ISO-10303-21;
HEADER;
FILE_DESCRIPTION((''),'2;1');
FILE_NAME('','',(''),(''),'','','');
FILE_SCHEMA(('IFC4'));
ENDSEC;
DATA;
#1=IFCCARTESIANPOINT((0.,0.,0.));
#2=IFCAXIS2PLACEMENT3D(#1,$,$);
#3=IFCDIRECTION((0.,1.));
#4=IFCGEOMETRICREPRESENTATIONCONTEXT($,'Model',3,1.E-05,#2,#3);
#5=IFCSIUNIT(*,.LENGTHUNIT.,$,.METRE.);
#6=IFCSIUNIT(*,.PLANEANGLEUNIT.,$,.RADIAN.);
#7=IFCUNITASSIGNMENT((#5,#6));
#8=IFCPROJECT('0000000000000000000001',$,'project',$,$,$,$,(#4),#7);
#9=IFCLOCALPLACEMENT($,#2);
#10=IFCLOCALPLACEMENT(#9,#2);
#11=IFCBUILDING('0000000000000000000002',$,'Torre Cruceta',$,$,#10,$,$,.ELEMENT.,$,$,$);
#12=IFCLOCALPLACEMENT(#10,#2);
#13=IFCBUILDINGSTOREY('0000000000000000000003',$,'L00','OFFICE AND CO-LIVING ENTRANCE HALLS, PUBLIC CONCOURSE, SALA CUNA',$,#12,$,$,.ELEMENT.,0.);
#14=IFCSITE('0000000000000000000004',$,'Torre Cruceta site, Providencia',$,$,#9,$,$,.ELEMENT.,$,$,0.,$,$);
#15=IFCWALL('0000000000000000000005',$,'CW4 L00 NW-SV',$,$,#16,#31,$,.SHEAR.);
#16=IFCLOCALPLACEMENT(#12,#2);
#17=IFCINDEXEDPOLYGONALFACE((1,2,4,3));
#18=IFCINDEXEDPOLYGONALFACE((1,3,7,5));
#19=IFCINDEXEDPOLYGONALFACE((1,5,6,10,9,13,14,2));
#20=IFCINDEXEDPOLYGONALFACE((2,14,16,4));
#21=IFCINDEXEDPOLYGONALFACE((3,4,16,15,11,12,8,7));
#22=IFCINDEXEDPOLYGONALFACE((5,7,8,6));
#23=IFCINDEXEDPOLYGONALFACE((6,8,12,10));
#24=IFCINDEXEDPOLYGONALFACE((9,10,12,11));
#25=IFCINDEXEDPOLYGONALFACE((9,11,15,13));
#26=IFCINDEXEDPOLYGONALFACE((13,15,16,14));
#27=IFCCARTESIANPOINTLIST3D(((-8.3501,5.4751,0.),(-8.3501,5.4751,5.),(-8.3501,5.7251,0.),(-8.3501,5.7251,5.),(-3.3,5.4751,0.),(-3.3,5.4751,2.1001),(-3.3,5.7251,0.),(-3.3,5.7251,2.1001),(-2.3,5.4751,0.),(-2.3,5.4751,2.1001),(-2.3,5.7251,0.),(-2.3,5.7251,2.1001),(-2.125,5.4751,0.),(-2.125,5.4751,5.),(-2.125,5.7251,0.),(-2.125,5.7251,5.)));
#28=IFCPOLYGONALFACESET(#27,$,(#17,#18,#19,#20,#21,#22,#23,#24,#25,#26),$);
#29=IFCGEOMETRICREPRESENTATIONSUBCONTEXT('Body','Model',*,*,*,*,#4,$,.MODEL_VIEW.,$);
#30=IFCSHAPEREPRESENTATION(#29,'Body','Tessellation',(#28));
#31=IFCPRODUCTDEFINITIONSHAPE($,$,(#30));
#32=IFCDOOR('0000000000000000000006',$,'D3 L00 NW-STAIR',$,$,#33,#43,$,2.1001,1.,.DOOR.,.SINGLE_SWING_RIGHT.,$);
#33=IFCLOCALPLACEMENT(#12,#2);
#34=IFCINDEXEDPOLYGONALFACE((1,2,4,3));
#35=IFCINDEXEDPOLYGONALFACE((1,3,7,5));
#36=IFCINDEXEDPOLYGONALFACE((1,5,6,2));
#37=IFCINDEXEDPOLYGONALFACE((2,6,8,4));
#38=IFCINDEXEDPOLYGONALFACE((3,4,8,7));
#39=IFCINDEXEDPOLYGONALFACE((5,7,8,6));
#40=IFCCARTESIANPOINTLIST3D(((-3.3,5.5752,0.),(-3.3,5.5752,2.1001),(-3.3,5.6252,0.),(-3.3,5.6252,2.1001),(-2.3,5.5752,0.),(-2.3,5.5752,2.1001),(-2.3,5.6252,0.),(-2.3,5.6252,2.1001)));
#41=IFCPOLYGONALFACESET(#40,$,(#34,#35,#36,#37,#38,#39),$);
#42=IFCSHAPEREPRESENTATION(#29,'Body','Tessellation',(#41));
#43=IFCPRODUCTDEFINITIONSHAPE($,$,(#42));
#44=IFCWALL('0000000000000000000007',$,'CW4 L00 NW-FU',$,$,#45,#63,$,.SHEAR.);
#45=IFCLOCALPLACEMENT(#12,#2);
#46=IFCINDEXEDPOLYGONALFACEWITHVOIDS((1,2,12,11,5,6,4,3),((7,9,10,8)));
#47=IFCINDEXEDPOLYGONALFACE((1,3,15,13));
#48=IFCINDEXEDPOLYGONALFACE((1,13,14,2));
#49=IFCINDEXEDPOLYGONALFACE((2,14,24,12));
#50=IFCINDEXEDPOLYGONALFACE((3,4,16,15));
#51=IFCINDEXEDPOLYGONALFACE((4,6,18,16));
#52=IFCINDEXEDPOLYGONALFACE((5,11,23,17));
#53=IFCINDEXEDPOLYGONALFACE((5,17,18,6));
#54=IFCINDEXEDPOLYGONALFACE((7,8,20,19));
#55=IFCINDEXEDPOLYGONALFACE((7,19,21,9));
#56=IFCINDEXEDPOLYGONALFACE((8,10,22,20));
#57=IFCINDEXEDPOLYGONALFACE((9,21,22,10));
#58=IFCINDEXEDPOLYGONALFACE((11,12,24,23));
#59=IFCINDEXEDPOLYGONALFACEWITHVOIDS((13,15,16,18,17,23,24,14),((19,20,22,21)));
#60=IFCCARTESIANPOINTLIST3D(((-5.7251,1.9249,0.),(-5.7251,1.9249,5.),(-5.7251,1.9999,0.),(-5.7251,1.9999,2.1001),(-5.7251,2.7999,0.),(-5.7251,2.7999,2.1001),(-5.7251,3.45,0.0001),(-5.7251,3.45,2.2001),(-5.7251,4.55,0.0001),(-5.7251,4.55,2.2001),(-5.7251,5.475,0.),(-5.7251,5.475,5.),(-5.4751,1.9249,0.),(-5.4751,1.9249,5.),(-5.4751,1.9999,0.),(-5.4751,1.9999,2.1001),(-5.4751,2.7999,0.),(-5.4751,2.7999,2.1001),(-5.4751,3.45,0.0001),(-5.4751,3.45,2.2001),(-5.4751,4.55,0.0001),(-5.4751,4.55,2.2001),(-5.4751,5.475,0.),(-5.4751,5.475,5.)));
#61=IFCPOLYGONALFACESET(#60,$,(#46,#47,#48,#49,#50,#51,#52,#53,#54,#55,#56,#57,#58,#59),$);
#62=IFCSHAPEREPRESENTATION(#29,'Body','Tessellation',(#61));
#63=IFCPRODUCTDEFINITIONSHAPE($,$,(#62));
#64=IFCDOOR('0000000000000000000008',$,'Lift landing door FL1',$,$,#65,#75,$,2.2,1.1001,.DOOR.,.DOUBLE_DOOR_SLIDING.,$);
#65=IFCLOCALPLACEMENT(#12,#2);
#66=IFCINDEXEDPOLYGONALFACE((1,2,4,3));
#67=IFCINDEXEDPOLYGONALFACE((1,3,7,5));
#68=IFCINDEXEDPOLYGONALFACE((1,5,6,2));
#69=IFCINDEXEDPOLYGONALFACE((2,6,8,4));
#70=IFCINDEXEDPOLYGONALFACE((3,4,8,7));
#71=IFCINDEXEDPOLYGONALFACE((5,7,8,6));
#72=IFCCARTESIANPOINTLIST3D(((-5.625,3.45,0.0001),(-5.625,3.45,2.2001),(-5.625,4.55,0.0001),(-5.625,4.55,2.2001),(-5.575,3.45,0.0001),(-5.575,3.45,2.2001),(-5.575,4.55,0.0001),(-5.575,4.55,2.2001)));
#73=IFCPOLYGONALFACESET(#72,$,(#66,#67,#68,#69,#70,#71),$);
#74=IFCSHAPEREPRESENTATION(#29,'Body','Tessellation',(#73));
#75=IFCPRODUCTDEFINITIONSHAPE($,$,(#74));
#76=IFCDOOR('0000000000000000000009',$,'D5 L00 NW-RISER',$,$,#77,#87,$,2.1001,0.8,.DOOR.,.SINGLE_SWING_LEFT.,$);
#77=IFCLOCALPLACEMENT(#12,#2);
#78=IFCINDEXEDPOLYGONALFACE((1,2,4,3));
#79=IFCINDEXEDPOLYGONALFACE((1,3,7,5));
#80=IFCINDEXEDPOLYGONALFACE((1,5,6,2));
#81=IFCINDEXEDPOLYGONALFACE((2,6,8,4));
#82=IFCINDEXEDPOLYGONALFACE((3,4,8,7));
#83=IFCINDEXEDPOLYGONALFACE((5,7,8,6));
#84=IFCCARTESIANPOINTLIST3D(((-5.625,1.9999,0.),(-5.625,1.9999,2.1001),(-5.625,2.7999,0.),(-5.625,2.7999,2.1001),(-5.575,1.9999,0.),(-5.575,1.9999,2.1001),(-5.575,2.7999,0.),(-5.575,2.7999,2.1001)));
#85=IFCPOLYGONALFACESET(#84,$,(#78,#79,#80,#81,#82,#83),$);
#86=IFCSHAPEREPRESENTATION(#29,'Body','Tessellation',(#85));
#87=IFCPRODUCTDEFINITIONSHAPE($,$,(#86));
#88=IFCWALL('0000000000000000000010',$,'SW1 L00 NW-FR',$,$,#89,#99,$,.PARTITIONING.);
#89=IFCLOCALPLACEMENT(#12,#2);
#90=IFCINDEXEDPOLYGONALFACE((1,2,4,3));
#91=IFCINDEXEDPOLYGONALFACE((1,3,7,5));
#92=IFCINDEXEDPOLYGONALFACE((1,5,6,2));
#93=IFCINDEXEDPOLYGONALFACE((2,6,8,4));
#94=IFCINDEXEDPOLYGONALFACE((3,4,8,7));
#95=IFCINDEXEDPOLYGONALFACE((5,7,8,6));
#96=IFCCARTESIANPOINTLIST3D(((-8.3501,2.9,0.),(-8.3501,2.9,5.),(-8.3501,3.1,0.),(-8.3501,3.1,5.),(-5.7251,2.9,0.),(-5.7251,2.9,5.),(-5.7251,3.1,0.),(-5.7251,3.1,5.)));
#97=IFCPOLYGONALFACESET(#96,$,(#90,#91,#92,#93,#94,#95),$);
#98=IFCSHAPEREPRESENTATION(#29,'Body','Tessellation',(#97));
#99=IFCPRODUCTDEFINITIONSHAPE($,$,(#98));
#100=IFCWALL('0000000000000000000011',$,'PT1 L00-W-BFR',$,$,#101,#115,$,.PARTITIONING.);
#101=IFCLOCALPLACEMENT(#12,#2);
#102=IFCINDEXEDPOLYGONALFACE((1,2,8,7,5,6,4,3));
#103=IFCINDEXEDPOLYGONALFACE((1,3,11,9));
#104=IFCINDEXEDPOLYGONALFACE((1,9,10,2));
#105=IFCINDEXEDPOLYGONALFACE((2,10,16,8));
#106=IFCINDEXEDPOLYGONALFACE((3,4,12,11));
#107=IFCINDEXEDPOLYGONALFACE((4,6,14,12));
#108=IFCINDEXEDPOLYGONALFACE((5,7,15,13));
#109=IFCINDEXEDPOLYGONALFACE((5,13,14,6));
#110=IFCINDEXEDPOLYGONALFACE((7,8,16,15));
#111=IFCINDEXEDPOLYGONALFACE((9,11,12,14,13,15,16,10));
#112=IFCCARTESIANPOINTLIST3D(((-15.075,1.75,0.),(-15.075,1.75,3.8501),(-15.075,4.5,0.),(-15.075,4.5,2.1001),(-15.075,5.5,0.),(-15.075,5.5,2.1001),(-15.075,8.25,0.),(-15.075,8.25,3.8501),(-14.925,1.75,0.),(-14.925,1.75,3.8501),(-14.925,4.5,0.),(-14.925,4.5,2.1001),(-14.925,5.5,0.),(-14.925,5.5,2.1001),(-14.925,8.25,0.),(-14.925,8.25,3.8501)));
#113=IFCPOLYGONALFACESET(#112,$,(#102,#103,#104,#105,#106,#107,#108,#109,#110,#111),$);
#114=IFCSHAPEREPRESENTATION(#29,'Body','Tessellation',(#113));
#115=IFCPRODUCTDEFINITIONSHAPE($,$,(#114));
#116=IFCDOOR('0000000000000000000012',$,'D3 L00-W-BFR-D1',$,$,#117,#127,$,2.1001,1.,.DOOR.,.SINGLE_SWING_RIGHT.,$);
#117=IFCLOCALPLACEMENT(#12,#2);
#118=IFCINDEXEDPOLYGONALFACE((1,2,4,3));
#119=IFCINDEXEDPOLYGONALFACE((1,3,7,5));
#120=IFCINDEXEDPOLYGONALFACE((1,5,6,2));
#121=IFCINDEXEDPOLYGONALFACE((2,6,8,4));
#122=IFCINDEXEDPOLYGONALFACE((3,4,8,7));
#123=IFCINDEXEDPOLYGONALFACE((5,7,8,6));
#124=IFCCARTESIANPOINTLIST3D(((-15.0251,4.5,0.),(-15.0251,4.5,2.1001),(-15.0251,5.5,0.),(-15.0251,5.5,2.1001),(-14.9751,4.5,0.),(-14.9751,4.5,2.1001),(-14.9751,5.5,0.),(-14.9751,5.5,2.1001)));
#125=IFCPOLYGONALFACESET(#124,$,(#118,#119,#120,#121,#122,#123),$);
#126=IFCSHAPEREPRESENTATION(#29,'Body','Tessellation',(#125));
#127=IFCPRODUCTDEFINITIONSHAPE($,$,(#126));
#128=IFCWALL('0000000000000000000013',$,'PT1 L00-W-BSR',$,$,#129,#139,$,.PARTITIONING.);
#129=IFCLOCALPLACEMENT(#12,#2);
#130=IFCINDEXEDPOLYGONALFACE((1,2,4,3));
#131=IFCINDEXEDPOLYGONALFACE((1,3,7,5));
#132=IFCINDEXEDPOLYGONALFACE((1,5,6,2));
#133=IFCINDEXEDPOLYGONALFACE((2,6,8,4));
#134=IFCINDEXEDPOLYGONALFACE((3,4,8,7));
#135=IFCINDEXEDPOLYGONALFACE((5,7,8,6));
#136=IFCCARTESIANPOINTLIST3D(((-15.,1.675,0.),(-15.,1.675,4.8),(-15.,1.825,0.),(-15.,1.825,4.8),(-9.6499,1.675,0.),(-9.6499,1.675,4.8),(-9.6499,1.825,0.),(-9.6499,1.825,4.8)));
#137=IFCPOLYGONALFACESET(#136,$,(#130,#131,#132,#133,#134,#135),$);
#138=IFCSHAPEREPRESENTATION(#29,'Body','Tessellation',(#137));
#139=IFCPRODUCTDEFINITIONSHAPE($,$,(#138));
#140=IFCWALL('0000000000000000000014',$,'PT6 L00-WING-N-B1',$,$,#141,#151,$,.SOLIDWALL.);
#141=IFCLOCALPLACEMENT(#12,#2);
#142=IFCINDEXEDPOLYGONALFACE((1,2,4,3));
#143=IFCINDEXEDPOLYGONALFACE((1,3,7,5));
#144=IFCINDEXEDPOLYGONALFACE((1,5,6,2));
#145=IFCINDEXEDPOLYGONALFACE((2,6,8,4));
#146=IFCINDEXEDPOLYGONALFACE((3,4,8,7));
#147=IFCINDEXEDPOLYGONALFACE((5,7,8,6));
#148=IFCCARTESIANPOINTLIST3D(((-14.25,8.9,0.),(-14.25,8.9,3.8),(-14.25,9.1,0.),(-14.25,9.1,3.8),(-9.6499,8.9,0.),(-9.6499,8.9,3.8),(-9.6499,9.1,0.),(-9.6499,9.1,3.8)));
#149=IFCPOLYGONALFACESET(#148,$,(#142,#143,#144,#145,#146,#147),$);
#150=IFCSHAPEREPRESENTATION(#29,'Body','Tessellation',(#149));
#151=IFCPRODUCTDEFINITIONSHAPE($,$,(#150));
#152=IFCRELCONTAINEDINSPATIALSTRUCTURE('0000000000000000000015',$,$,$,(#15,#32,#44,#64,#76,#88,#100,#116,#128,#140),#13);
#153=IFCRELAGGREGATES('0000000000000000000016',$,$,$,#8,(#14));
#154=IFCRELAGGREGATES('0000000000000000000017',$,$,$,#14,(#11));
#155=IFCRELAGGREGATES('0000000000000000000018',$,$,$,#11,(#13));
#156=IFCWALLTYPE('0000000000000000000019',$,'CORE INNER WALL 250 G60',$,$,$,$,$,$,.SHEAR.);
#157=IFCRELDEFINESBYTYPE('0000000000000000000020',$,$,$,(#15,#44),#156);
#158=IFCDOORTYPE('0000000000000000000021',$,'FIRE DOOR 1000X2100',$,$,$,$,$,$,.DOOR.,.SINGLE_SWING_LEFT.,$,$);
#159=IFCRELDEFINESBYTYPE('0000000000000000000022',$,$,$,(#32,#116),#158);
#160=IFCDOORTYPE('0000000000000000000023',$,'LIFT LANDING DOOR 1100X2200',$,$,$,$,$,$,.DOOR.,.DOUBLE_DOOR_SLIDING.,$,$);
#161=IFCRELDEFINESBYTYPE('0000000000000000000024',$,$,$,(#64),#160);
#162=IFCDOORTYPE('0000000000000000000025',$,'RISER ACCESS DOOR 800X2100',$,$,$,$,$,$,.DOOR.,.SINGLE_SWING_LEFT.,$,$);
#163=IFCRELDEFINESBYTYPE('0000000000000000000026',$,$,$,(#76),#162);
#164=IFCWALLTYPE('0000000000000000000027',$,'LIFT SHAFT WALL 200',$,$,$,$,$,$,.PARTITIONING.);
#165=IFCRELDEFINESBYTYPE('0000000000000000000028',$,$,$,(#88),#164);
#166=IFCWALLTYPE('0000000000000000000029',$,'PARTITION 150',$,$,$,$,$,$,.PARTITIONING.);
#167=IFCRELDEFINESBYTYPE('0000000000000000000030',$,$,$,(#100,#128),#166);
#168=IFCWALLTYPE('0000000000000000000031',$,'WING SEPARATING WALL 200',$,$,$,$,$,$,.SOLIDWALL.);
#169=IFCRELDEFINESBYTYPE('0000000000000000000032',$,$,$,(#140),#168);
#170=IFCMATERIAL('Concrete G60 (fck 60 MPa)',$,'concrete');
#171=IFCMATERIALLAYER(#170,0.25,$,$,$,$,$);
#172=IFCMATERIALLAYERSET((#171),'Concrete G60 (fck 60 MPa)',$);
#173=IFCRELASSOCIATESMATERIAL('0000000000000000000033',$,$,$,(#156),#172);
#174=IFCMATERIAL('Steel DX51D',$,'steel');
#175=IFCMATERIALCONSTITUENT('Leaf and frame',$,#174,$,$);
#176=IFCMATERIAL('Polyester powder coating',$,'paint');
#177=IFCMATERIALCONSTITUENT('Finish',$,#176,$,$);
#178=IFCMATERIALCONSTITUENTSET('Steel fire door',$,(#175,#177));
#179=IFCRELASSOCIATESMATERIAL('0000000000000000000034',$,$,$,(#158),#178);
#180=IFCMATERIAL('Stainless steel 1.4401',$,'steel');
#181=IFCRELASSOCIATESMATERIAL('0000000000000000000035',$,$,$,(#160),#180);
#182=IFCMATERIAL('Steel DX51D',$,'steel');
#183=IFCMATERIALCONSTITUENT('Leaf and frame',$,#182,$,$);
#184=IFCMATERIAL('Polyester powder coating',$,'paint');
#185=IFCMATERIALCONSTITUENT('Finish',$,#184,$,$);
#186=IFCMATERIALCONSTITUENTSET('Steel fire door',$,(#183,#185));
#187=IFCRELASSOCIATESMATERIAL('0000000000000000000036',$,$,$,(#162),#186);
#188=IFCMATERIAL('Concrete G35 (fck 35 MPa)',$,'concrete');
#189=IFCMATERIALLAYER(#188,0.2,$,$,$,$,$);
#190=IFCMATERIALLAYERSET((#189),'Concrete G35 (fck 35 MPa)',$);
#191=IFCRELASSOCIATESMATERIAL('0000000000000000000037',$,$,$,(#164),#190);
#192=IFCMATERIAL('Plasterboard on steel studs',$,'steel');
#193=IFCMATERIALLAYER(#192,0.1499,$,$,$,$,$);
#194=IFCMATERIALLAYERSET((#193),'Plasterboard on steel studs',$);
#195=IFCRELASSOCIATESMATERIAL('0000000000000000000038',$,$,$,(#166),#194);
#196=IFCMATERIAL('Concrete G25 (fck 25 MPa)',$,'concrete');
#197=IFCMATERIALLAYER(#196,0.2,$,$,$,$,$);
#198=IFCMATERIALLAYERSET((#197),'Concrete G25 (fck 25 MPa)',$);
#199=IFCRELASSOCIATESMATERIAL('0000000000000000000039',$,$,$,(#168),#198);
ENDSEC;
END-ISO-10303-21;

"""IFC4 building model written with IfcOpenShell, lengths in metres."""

from ifc_helpers import new_model, si_unit, direction, frame, frame_2d, origin, place, context, subcontext, project, spatial, rectangle, extrude, material, layer, layer_set, constituent, constituent_set, type_object, element, fill, save


model = new_model("IFC4")

# Units and contexts
model_context = context("Model", 3, precision=1e-05, world=origin(), true_north=direction((0.0, 1.0)))
body_context = subcontext(model_context, "Body", "Model", "MODEL_VIEW")
ifc_project = project(units=[si_unit("LENGTHUNIT", "METRE"), si_unit("PLANEANGLEUNIT", "RADIAN")], contexts=[model_context])

# Site, building, storey
site_placement = place(None, origin())
site = spatial("IfcSite", under=ifc_project, at=site_placement, Name="Torre Cruceta site, Providencia", CompositionType="ELEMENT", RefElevation=0.0)
building_placement = place(site_placement, origin())
building = spatial("IfcBuilding", under=site, at=building_placement, Name="Torre Cruceta", CompositionType="ELEMENT")
storey_placement = place(building_placement, origin())
storey = spatial("IfcBuildingStorey", under=building, at=storey_placement, Name="L00", Description="OFFICE AND CO-LIVING ENTRANCE HALLS, PUBLIC CONCOURSE, SALA CUNA", CompositionType="ELEMENT", Elevation=0.0)

# Shared definitions
ifc_material_1 = material(Name="Concrete G60 (fck 60 MPa)", Category="concrete")
ifc_layer_1 = layer(ifc_material_1, 0.25)
ifc_layer_set_1 = layer_set([ifc_layer_1], Name="Concrete G60 (fck 60 MPa)")
wall_type_1 = type_object("IfcWallType", Name="CORE INNER WALL 250 G60", PredefinedType="SHEAR", material=ifc_layer_set_1)
ifc_material_2 = material(Name="Steel DX51D", Category="steel")
ifc_constituent_1 = constituent(ifc_material_2, Name="Leaf and frame")
ifc_material_3 = material(Name="Polyester powder coating", Category="paint")
ifc_constituent_2 = constituent(ifc_material_3, Name="Finish")
ifc_constituent_set_1 = constituent_set(constituents=[ifc_constituent_1, ifc_constituent_2], Name="Steel fire door")
door_type_1 = type_object("IfcDoorType", Name="FIRE DOOR 1000X2100", OperationType="SINGLE_SWING_LEFT", PredefinedType="DOOR", material=ifc_constituent_set_1)

# Wall, opening, door
wall_1_placement = place(storey_placement, frame((-2.125, 5.6001, 0.0), z_axis=(0.0, 0.0, 1.0), x_axis=(-1.0, 0.0, 0.0)))
wall_1 = element("IfcWall", 1, at=wall_1_placement, inside=storey, type_object=wall_type_1, Name="CW4 L00 NW-SV", PredefinedType="SHEAR", context=body_context, shape_type="SweptSolid", body=[
    extrude(rectangle(XDim=6.2251, YDim=0.25, at=frame_2d((3.1125, 0.0))), origin(), (0.0, 0.0, 1.0), 5.0),
])
opening_1_placement = place(wall_1_placement, frame((0.175, 0.0, 0.0)))
opening_1 = element("IfcOpeningElement", 2, at=opening_1_placement, cuts=wall_1, PredefinedType="OPENING", context=body_context, shape_type="SweptSolid", body=[
    extrude(rectangle(XDim=1.0, YDim=2.1001, at=frame_2d((0.5, 1.05))), frame((0.0, 0.135, 0.0), z_axis=(0.0, -1.0, 0.0), x_axis=(1.0, 0.0, 0.0)), (0.0, 0.0, 1.0), 0.27),
])
door_1_placement = place(opening_1_placement, frame((1.0, 0.0, 0.0), z_axis=(0.0, 0.0, 1.0), x_axis=(-1.0, 0.0, 0.0)))
door_1 = element("IfcDoor", 3, at=door_1_placement, inside=storey, type_object=door_type_1, Name="D3 L00 NW-STAIR", OperationType="SINGLE_SWING_RIGHT", OverallHeight=2.1001, OverallWidth=1.0, PredefinedType="DOOR", context=body_context, shape_type="SweptSolid", body=[
    extrude(rectangle(XDim=1.0, YDim=2.1001, at=frame_2d((0.5, 1.05))), frame((0.0, 0.0251, 0.0), z_axis=(0.0, -1.0, 0.0), x_axis=(1.0, 0.0, 0.0)), (0.0, 0.0, 1.0), 0.05),
])
fill(opening_1, door_1)

# Wall, openings, doors
wall_2_placement = place(storey_placement, frame((-5.6001, 1.925, 0.0), z_axis=(0.0, 0.0, 1.0), x_axis=(0.0, 1.0, 0.0)))
wall_2 = element("IfcWall", 4, at=wall_2_placement, inside=storey, type_object=wall_type_1, Name="CW4 L00 NW-FU", PredefinedType="SHEAR", context=body_context, shape_type="SweptSolid", body=[
    extrude(rectangle(XDim=3.55, YDim=0.25, at=frame_2d((1.7749, 0.0))), origin(), (0.0, 0.0, 1.0), 5.0),
])
opening_2_placement = place(wall_2_placement, frame((1.5249, 0.0, 0.0)))
opening_2 = element("IfcOpeningElement", 5, at=opening_2_placement, cuts=wall_2, PredefinedType="OPENING", context=body_context, shape_type="SweptSolid", body=[
    extrude(rectangle(XDim=1.1001, YDim=2.2, at=frame_2d((0.55, 1.1001))), frame((0.0, 0.135, 0.0), z_axis=(0.0, -1.0, 0.0), x_axis=(1.0, 0.0, 0.0)), (0.0, 0.0, 1.0), 0.27),
])
opening_3_placement = place(wall_2_placement, frame((0.075, 0.0, 0.0)))
opening_3 = element("IfcOpeningElement", 6, at=opening_3_placement, cuts=wall_2, PredefinedType="OPENING", context=body_context, shape_type="SweptSolid", body=[
    extrude(rectangle(XDim=0.8, YDim=2.1001, at=frame_2d((0.3999, 1.05))), frame((0.0, 0.135, 0.0), z_axis=(0.0, -1.0, 0.0), x_axis=(1.0, 0.0, 0.0)), (0.0, 0.0, 1.0), 0.27),
])
ifc_material_4 = material(Name="Stainless steel 1.4401", Category="steel")
door_type_2 = type_object("IfcDoorType", Name="LIFT LANDING DOOR 1100X2200", OperationType="DOUBLE_DOOR_SLIDING", PredefinedType="DOOR", material=ifc_material_4)
door_2_placement = place(opening_2_placement, origin())
door_2 = element("IfcDoor", 7, at=door_2_placement, inside=storey, type_object=door_type_2, Name="Lift landing door FL1", OperationType="DOUBLE_DOOR_SLIDING", OverallHeight=2.2, OverallWidth=1.1001, PredefinedType="DOOR", context=body_context, shape_type="SweptSolid", body=[
    extrude(rectangle(XDim=1.1001, YDim=2.2, at=frame_2d((0.55, 1.1001))), frame((0.0, 0.0249, 0.0), z_axis=(0.0, -1.0, 0.0), x_axis=(1.0, 0.0, 0.0)), (0.0, 0.0, 1.0), 0.05),
])
fill(opening_2, door_2)
ifc_material_5 = material(Name="Steel DX51D", Category="steel")
ifc_constituent_3 = constituent(ifc_material_5, Name="Leaf and frame")
ifc_material_6 = material(Name="Polyester powder coating", Category="paint")
ifc_constituent_4 = constituent(ifc_material_6, Name="Finish")
ifc_constituent_set_2 = constituent_set(constituents=[ifc_constituent_3, ifc_constituent_4], Name="Steel fire door")
door_type_3 = type_object("IfcDoorType", Name="RISER ACCESS DOOR 800X2100", OperationType="SINGLE_SWING_LEFT", PredefinedType="DOOR", material=ifc_constituent_set_2)
door_3_placement = place(opening_3_placement, origin())
door_3 = element("IfcDoor", 8, at=door_3_placement, inside=storey, type_object=door_type_3, Name="D5 L00 NW-RISER", OperationType="SINGLE_SWING_LEFT", OverallHeight=2.1001, OverallWidth=0.8, PredefinedType="DOOR", context=body_context, shape_type="SweptSolid", body=[
    extrude(rectangle(XDim=0.8, YDim=2.1001, at=frame_2d((0.3999, 1.05))), frame((0.0, 0.0249, 0.0), z_axis=(0.0, -1.0, 0.0), x_axis=(1.0, 0.0, 0.0)), (0.0, 0.0, 1.0), 0.05),
])
fill(opening_3, door_3)

# Wall
ifc_material_7 = material(Name="Concrete G35 (fck 35 MPa)", Category="concrete")
ifc_layer_2 = layer(ifc_material_7, 0.2)
ifc_layer_set_2 = layer_set([ifc_layer_2], Name="Concrete G35 (fck 35 MPa)")
wall_type_2 = type_object("IfcWallType", Name="LIFT SHAFT WALL 200", PredefinedType="PARTITIONING", material=ifc_layer_set_2)
wall_3_placement = place(storey_placement, frame((-5.7251, 3.0, 0.0), z_axis=(0.0, 0.0, 1.0), x_axis=(-1.0, 0.0, 0.0)))
element("IfcWall", 9, at=wall_3_placement, inside=storey, type_object=wall_type_2, Name="SW1 L00 NW-FR", PredefinedType="PARTITIONING", context=body_context, shape_type="SweptSolid", body=[
    extrude(rectangle(XDim=2.625, YDim=0.2, at=frame_2d((1.3125, 0.0))), origin(), (0.0, 0.0, 1.0), 5.0),
])

# Wall, opening, door
ifc_material_8 = material(Name="Plasterboard on steel studs", Category="steel")
ifc_layer_3 = layer(ifc_material_8, 0.1499)
ifc_layer_set_3 = layer_set([ifc_layer_3], Name="Plasterboard on steel studs")
wall_type_3 = type_object("IfcWallType", Name="PARTITION 150", PredefinedType="PARTITIONING", material=ifc_layer_set_3)
wall_4_placement = place(storey_placement, frame((-15.0, 8.25, 0.0), z_axis=(0.0, 0.0, 1.0), x_axis=(0.0, -1.0, 0.0)))
wall_4 = element("IfcWall", 10, at=wall_4_placement, inside=storey, type_object=wall_type_3, Name="PT1 L00-W-BFR", PredefinedType="PARTITIONING", context=body_context, shape_type="SweptSolid", body=[
    extrude(rectangle(XDim=6.5, YDim=0.1499, at=frame_2d((3.25, 0.0))), origin(), (0.0, 0.0, 1.0), 3.8501),
])
opening_4_placement = place(wall_4_placement, frame((2.75, 0.0, 0.0)))
opening_4 = element("IfcOpeningElement", 11, at=opening_4_placement, cuts=wall_4, PredefinedType="OPENING", context=body_context, shape_type="SweptSolid", body=[
    extrude(rectangle(XDim=1.0, YDim=2.1001, at=frame_2d((0.5, 1.05))), frame((0.0, 0.085, 0.0), z_axis=(0.0, -1.0, 0.0), x_axis=(1.0, 0.0, 0.0)), (0.0, 0.0, 1.0), 0.1699),
])
door_4_placement = place(opening_4_placement, origin())
door_4 = element("IfcDoor", 12, at=door_4_placement, inside=storey, type_object=door_type_1, Name="D3 L00-W-BFR-D1", OperationType="SINGLE_SWING_RIGHT", OverallHeight=2.1001, OverallWidth=1.0, PredefinedType="DOOR", context=body_context, shape_type="SweptSolid", body=[
    extrude(rectangle(XDim=1.0, YDim=2.1001, at=frame_2d((0.5, 1.05))), frame((0.0, 0.0249, 0.0), z_axis=(0.0, -1.0, 0.0), x_axis=(1.0, 0.0, 0.0)), (0.0, 0.0, 1.0), 0.05),
])
fill(opening_4, door_4)

# Walls
wall_5_placement = place(storey_placement, frame((-9.6499, 1.75, 0.0), z_axis=(0.0, 0.0, 1.0), x_axis=(-1.0, 0.0, 0.0)))
element("IfcWall", 13, at=wall_5_placement, inside=storey, type_object=wall_type_3, Name="PT1 L00-W-BSR", PredefinedType="PARTITIONING", context=body_context, shape_type="SweptSolid", body=[
    extrude(rectangle(XDim=5.3501, YDim=0.1499, at=frame_2d((2.675, 0.0))), origin(), (0.0, 0.0, 1.0), 4.8),
])
ifc_material_9 = material(Name="Concrete G25 (fck 25 MPa)", Category="concrete")
ifc_layer_4 = layer(ifc_material_9, 0.2)
ifc_layer_set_4 = layer_set([ifc_layer_4], Name="Concrete G25 (fck 25 MPa)")
wall_type_4 = type_object("IfcWallType", Name="WING SEPARATING WALL 200", PredefinedType="SOLIDWALL", material=ifc_layer_set_4)
wall_6_placement = place(storey_placement, frame((-14.25, 9.0, 0.0), z_axis=(0.0, 0.0, 1.0), x_axis=(1.0, 0.0, 0.0)))
element("IfcWall", 14, at=wall_6_placement, inside=storey, type_object=wall_type_4, Name="PT6 L00-WING-N-B1", PredefinedType="SOLIDWALL", context=body_context, shape_type="SweptSolid", body=[
    extrude(rectangle(XDim=4.6001, YDim=0.2, at=frame_2d((2.3, 0.0))), origin(), (0.0, 0.0, 1.0), 3.8),
])

save(model, "model.ifc")
